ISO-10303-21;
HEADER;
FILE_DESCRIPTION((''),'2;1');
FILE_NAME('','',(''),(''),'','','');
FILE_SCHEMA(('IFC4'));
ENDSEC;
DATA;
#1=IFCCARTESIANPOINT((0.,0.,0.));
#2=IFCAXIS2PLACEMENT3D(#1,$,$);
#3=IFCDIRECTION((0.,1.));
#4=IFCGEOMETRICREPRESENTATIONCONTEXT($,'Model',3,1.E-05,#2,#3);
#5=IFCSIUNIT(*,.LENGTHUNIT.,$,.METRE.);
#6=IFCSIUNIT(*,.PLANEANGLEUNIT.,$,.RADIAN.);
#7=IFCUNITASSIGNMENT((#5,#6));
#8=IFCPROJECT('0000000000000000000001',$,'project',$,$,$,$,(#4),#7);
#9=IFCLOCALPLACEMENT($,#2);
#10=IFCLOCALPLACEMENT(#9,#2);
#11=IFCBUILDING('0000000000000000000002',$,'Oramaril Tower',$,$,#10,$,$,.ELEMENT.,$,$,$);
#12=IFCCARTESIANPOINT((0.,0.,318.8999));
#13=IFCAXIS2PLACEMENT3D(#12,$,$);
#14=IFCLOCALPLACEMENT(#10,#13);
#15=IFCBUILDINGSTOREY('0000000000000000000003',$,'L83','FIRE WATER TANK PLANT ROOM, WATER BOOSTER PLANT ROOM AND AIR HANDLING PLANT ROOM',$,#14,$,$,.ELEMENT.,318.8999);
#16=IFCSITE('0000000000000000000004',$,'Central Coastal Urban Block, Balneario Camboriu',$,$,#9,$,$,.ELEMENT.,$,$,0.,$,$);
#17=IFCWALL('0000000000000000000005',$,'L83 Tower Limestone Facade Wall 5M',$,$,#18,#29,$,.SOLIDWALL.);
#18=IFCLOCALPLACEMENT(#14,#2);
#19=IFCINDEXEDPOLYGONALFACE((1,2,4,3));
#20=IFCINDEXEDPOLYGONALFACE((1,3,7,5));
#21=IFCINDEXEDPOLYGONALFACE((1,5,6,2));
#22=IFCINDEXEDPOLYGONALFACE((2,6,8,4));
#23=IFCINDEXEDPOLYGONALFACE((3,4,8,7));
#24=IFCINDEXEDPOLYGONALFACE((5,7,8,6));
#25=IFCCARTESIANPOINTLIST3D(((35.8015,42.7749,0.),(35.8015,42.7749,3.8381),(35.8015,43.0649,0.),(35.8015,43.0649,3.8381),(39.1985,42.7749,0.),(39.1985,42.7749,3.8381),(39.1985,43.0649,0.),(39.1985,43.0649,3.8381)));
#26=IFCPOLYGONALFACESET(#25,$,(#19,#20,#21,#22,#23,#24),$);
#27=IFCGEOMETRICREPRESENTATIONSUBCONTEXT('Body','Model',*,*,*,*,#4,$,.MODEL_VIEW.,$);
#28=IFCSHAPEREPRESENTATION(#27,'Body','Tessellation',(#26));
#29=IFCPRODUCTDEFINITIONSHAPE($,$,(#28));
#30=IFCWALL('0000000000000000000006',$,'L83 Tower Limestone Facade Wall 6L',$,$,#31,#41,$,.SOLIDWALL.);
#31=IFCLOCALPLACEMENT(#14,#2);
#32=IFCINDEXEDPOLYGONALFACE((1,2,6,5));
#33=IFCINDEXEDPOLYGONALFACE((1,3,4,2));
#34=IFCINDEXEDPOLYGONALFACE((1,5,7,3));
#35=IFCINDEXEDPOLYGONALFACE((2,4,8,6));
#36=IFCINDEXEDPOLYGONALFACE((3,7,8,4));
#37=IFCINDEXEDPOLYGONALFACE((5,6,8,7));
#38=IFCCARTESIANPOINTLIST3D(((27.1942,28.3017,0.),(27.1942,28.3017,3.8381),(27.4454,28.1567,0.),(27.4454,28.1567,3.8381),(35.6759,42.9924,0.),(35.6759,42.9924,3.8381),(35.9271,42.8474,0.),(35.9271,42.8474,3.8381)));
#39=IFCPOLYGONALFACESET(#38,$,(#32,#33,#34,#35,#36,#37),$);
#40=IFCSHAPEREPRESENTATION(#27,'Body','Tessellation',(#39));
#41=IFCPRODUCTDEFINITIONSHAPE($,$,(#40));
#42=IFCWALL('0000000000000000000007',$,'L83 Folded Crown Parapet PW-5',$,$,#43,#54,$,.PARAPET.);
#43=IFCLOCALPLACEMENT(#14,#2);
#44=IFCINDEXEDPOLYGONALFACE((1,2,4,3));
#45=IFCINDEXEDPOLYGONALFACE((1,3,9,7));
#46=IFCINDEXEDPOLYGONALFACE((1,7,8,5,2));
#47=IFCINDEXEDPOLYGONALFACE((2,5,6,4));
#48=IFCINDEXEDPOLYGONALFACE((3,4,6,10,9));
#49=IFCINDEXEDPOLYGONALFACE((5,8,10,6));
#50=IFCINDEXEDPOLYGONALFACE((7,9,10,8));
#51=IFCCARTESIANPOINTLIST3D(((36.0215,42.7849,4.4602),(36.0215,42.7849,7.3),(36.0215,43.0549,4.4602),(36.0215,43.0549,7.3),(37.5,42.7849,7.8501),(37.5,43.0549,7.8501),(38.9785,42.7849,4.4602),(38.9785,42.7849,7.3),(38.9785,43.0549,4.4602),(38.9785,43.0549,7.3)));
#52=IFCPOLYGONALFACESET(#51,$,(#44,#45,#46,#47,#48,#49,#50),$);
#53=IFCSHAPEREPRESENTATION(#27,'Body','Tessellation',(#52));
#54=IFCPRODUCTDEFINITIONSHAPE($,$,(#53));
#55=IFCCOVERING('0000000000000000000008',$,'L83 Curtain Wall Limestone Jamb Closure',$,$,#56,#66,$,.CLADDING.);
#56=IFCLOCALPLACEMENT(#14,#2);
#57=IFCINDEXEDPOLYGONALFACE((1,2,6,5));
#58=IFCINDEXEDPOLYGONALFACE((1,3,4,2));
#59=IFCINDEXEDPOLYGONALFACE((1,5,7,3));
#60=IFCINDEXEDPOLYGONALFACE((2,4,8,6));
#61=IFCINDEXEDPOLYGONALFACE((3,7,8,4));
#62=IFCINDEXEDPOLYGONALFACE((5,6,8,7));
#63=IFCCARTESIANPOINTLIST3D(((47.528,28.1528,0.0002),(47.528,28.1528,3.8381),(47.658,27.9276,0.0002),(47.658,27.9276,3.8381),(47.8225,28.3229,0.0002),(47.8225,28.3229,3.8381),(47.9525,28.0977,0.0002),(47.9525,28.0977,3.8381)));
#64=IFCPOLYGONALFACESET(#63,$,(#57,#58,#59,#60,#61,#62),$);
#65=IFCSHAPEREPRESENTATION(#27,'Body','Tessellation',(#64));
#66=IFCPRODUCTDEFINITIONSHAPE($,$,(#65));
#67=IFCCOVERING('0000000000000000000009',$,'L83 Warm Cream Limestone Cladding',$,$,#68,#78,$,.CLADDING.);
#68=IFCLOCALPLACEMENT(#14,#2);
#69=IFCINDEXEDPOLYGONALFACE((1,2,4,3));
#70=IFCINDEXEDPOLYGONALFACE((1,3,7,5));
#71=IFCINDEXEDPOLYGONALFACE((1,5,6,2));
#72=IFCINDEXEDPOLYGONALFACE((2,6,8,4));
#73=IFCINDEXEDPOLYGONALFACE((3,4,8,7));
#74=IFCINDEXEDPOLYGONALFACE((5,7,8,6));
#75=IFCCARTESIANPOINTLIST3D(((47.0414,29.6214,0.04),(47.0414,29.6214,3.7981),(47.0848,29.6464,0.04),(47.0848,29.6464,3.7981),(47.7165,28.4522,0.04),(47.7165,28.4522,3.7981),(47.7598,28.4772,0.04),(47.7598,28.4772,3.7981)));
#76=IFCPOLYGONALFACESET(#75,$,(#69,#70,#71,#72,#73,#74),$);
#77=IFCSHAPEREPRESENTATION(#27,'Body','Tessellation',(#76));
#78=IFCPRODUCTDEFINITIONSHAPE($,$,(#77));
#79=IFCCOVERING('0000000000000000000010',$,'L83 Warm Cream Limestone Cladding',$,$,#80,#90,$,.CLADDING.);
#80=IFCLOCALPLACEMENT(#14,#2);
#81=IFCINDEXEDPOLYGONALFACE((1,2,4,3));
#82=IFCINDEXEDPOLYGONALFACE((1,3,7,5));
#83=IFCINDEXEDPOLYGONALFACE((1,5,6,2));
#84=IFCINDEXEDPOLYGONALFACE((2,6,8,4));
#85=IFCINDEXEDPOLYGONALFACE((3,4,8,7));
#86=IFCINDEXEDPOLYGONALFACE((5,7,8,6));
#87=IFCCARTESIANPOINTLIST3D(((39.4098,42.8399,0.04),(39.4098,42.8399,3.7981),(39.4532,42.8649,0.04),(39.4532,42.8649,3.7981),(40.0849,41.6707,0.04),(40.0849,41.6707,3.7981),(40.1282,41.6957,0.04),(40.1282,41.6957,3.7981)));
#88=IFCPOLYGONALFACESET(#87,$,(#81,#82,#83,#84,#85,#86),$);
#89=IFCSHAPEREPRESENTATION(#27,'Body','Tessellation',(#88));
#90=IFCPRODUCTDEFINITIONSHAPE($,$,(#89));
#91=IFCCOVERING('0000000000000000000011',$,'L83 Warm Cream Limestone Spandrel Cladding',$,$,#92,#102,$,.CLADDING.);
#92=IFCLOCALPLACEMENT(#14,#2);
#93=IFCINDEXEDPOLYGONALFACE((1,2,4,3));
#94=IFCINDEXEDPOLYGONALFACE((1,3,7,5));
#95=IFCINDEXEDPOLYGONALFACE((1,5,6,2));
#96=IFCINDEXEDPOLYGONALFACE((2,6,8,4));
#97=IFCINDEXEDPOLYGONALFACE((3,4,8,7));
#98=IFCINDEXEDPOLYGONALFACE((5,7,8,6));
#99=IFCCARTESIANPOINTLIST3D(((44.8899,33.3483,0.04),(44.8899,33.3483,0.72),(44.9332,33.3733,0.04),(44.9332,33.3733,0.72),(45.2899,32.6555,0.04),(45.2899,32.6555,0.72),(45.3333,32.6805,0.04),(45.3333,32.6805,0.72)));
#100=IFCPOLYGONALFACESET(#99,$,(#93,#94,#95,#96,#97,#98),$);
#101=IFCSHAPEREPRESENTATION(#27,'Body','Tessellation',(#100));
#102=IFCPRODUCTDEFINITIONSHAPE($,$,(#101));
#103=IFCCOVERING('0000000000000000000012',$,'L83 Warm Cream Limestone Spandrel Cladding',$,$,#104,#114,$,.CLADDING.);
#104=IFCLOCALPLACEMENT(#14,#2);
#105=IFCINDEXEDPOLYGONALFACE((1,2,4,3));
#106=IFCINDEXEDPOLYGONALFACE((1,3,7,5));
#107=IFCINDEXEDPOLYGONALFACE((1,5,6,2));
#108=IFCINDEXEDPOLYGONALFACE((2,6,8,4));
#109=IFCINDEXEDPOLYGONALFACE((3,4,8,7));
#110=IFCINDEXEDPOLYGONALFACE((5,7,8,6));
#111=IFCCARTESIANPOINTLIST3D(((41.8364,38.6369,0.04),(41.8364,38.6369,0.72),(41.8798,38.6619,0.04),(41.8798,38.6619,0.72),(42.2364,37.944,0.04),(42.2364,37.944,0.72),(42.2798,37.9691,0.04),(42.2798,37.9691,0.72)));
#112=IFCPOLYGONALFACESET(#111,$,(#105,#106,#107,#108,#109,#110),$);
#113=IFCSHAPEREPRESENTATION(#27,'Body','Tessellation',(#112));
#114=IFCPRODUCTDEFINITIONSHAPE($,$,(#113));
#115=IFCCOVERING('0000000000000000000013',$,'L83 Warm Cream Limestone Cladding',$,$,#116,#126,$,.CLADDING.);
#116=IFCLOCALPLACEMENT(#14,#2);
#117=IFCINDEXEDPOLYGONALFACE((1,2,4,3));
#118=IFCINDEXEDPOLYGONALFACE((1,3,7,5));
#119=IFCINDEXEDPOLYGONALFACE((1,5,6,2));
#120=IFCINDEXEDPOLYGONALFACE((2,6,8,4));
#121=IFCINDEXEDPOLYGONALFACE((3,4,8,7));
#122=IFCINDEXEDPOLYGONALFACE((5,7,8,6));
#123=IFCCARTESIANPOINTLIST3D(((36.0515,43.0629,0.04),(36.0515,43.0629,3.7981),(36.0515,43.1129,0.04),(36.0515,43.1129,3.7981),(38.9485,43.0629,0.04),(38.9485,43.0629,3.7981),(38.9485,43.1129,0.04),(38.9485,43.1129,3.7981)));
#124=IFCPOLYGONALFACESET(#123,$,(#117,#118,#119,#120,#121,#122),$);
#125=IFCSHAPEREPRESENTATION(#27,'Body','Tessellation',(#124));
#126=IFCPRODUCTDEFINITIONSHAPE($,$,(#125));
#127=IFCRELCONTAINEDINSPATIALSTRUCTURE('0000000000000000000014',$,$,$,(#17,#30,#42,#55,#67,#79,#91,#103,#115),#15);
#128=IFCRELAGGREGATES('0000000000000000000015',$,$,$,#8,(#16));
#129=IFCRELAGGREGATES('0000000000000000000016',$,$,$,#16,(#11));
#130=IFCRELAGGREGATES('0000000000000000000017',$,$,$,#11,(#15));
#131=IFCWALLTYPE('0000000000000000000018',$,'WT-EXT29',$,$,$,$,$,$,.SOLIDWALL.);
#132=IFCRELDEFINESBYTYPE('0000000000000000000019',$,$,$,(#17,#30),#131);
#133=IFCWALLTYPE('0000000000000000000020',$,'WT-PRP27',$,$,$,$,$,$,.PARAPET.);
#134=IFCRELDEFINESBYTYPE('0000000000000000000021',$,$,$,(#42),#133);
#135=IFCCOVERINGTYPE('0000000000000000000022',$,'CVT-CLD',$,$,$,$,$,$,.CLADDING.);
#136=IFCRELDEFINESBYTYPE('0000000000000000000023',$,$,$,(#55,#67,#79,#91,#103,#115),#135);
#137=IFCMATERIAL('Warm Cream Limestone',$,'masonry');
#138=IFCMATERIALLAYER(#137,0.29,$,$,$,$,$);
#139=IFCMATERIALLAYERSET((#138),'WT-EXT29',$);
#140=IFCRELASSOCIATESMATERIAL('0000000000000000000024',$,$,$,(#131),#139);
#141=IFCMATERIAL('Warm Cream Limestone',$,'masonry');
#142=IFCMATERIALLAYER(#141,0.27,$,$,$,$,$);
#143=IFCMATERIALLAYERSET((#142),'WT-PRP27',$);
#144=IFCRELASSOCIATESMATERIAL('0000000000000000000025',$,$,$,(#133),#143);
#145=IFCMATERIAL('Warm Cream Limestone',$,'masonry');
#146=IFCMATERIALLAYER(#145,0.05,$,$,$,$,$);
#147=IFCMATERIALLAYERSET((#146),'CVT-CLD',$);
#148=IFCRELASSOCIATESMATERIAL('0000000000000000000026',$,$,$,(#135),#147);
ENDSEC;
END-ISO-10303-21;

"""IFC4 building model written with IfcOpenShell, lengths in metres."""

from ifc_helpers import new_model, si_unit, direction, frame, frame_2d, origin, origin_2d, place, context, subcontext, project, spatial, polyline, rectangle, outline, extrude, material, layer, layer_set, type_object, element, save


model = new_model("IFC4")

# Units and contexts
model_context = context("Model", 3, precision=1e-05, world=origin(), true_north=direction((0.0, 1.0)))
body_context = subcontext(model_context, "Body", "Model", "MODEL_VIEW")
ifc_project = project(units=[si_unit("LENGTHUNIT", "METRE"), si_unit("PLANEANGLEUNIT", "RADIAN")], contexts=[model_context])

# Site, building, storey
site_placement = place(None, origin())
site = spatial("IfcSite", under=ifc_project, at=site_placement, Name="Central Coastal Urban Block, Balneario Camboriu", CompositionType="ELEMENT", RefElevation=0.0)
building_placement = place(site_placement, origin())
building = spatial("IfcBuilding", under=site, at=building_placement, Name="Oramaril Tower", CompositionType="ELEMENT")
storey_placement = place(building_placement, frame((0.0, 0.0, 318.8999)))
storey = spatial("IfcBuildingStorey", under=building, at=storey_placement, Name="L83", Description="FIRE WATER TANK PLANT ROOM, WATER BOOSTER PLANT ROOM AND AIR HANDLING PLANT ROOM", CompositionType="ELEMENT", Elevation=318.8999)

# Walls
ifc_material_1 = material(Name="Warm Cream Limestone", Category="masonry")
ifc_layer_1 = layer(ifc_material_1, 0.29)
ifc_layer_set_1 = layer_set([ifc_layer_1], Name="WT-EXT29")
wall_type_1 = type_object("IfcWallType", Name="WT-EXT29", PredefinedType="SOLIDWALL", material=ifc_layer_set_1)
wall_1_placement = place(storey_placement, frame((39.1985, 42.9199, 0.0), z_axis=(0.0, 0.0, 1.0), x_axis=(-1.0, 0.0, 0.0)))
element("IfcWall", 1, at=wall_1_placement, inside=storey, type_object=wall_type_1, Name="L83 Tower Limestone Facade Wall 5M", PredefinedType="SOLIDWALL", context=body_context, shape_type="SweptSolid", body=[
    extrude(rectangle(XDim=3.397, YDim=0.29, at=frame_2d((1.6985, 0.0))), origin(), (0.0, 0.0, 1.0), 3.8381),
])
wall_2_placement = place(storey_placement, frame((35.8015, 42.9199, 0.0), z_axis=(0.0, 0.0, 1.0), x_axis=(-0.500001, -0.866025, 0.0)))
element("IfcWall", 2, at=wall_2_placement, inside=storey, type_object=wall_type_1, Name="L83 Tower Limestone Facade Wall 6L", PredefinedType="SOLIDWALL", context=body_context, shape_type="SweptSolid", body=[
    extrude(rectangle(XDim=16.9634, YDim=0.29, at=frame_2d((8.4817, 0.0))), origin(), (0.0, 0.0, 1.0), 3.8381),
])
ifc_material_2 = material(Name="Warm Cream Limestone", Category="masonry")
ifc_layer_2 = layer(ifc_material_2, 0.27)
ifc_layer_set_2 = layer_set([ifc_layer_2], Name="WT-PRP27")
wall_type_2 = type_object("IfcWallType", Name="WT-PRP27", PredefinedType="PARAPET", material=ifc_layer_set_2)
wall_3_placement = place(storey_placement, frame((38.9785, 42.9199, 4.4602), z_axis=(0.0, 0.0, 1.0), x_axis=(-1.0, 0.0, 0.0)))
element("IfcWall", 3, at=wall_3_placement, inside=storey, type_object=wall_type_2, Name="L83 Folded Crown Parapet PW-5", PredefinedType="PARAPET", context=body_context, shape_type="SweptSolid", body=[
    extrude(outline(polyline([(0.0, 0.0), (2.957, 0.0), (2.957, 2.8398), (1.4785, 3.3899), (0.0, 2.8398), (0.0, 0.0)])), frame((0.0, 0.135, 0.0), z_axis=(0.0, -1.0, 0.0), x_axis=(1.0, 0.0, 0.0)), (0.0, 0.0, 1.0), 0.27),
])

# Coverings
ifc_material_3 = material(Name="Warm Cream Limestone", Category="masonry")
ifc_layer_3 = layer(ifc_material_3, 0.05)
ifc_layer_set_3 = layer_set([ifc_layer_3], Name="CVT-CLD")
covering_type = type_object("IfcCoveringType", Name="CVT-CLD", PredefinedType="CLADDING", material=ifc_layer_set_3)
covering_1_placement = place(storey_placement, frame((47.7402, 28.1252, 0.0002), z_axis=(0.0, 0.0, 1.0), x_axis=(-0.5, 0.866025, 0.0)))
element("IfcCovering", 4, at=covering_1_placement, inside=storey, type_object=covering_type, Name="L83 Curtain Wall Limestone Jamb Closure", PredefinedType="CLADDING", context=body_context, shape_type="SweptSolid", body=[
    extrude(rectangle(XDim=0.26, YDim=0.3401, at=origin_2d()), origin(), (0.0, 0.0, 1.0), 3.8379),
])
for number, where, z_axis, x_axis, name in (
    (5, (47.4006, 29.0493, 0.04), (0.0, 0.0, 1.0), (-0.5, 0.866025, 0.0), "L83 Warm Cream Limestone Cladding"),
    (6, (39.769, 42.2678, 0.04), (0.0, 0.0, 1.0), (-0.5, 0.866025, 0.0), "L83 Warm Cream Limestone Cladding"),
):
    element("IfcCovering", number, at=place(storey_placement, frame(where, z_axis=z_axis, x_axis=x_axis)), inside=storey, type_object=covering_type, Name=name, PredefinedType="CLADDING", context=body_context, shape_type="SweptSolid", body=[
        extrude(rectangle(XDim=1.3501, YDim=0.05, at=origin_2d()), origin(), (0.0, 0.0, 1.0), 3.7581),
    ])
for number, where, z_axis, x_axis, name in (
    (7, (45.1116, 33.0144, 0.04), (0.0, 0.0, 1.0), (-0.5, 0.866025, 0.0), "L83 Warm Cream Limestone Spandrel Cladding"),
    (8, (42.0581, 38.303, 0.04), (0.0, 0.0, 1.0), (-0.5, 0.866025, 0.0), "L83 Warm Cream Limestone Spandrel Cladding"),
):
    element("IfcCovering", number, at=place(storey_placement, frame(where, z_axis=z_axis, x_axis=x_axis)), inside=storey, type_object=covering_type, Name=name, PredefinedType="CLADDING", context=body_context, shape_type="SweptSolid", body=[
        extrude(rectangle(XDim=0.8, YDim=0.05, at=origin_2d()), origin(), (0.0, 0.0, 1.0), 0.6799),
    ])
covering_2_placement = place(storey_placement, frame((37.5, 43.0879, 0.04), z_axis=(0.0, 0.0, 1.0), x_axis=(-1.0, 0.0, 0.0)))
element("IfcCovering", 9, at=covering_2_placement, inside=storey, type_object=covering_type, Name="L83 Warm Cream Limestone Cladding", PredefinedType="CLADDING", context=body_context, shape_type="SweptSolid", body=[
    extrude(rectangle(XDim=2.897, YDim=0.05, at=origin_2d()), origin(), (0.0, 0.0, 1.0), 3.7581),
])

save(model, "model.ifc")
